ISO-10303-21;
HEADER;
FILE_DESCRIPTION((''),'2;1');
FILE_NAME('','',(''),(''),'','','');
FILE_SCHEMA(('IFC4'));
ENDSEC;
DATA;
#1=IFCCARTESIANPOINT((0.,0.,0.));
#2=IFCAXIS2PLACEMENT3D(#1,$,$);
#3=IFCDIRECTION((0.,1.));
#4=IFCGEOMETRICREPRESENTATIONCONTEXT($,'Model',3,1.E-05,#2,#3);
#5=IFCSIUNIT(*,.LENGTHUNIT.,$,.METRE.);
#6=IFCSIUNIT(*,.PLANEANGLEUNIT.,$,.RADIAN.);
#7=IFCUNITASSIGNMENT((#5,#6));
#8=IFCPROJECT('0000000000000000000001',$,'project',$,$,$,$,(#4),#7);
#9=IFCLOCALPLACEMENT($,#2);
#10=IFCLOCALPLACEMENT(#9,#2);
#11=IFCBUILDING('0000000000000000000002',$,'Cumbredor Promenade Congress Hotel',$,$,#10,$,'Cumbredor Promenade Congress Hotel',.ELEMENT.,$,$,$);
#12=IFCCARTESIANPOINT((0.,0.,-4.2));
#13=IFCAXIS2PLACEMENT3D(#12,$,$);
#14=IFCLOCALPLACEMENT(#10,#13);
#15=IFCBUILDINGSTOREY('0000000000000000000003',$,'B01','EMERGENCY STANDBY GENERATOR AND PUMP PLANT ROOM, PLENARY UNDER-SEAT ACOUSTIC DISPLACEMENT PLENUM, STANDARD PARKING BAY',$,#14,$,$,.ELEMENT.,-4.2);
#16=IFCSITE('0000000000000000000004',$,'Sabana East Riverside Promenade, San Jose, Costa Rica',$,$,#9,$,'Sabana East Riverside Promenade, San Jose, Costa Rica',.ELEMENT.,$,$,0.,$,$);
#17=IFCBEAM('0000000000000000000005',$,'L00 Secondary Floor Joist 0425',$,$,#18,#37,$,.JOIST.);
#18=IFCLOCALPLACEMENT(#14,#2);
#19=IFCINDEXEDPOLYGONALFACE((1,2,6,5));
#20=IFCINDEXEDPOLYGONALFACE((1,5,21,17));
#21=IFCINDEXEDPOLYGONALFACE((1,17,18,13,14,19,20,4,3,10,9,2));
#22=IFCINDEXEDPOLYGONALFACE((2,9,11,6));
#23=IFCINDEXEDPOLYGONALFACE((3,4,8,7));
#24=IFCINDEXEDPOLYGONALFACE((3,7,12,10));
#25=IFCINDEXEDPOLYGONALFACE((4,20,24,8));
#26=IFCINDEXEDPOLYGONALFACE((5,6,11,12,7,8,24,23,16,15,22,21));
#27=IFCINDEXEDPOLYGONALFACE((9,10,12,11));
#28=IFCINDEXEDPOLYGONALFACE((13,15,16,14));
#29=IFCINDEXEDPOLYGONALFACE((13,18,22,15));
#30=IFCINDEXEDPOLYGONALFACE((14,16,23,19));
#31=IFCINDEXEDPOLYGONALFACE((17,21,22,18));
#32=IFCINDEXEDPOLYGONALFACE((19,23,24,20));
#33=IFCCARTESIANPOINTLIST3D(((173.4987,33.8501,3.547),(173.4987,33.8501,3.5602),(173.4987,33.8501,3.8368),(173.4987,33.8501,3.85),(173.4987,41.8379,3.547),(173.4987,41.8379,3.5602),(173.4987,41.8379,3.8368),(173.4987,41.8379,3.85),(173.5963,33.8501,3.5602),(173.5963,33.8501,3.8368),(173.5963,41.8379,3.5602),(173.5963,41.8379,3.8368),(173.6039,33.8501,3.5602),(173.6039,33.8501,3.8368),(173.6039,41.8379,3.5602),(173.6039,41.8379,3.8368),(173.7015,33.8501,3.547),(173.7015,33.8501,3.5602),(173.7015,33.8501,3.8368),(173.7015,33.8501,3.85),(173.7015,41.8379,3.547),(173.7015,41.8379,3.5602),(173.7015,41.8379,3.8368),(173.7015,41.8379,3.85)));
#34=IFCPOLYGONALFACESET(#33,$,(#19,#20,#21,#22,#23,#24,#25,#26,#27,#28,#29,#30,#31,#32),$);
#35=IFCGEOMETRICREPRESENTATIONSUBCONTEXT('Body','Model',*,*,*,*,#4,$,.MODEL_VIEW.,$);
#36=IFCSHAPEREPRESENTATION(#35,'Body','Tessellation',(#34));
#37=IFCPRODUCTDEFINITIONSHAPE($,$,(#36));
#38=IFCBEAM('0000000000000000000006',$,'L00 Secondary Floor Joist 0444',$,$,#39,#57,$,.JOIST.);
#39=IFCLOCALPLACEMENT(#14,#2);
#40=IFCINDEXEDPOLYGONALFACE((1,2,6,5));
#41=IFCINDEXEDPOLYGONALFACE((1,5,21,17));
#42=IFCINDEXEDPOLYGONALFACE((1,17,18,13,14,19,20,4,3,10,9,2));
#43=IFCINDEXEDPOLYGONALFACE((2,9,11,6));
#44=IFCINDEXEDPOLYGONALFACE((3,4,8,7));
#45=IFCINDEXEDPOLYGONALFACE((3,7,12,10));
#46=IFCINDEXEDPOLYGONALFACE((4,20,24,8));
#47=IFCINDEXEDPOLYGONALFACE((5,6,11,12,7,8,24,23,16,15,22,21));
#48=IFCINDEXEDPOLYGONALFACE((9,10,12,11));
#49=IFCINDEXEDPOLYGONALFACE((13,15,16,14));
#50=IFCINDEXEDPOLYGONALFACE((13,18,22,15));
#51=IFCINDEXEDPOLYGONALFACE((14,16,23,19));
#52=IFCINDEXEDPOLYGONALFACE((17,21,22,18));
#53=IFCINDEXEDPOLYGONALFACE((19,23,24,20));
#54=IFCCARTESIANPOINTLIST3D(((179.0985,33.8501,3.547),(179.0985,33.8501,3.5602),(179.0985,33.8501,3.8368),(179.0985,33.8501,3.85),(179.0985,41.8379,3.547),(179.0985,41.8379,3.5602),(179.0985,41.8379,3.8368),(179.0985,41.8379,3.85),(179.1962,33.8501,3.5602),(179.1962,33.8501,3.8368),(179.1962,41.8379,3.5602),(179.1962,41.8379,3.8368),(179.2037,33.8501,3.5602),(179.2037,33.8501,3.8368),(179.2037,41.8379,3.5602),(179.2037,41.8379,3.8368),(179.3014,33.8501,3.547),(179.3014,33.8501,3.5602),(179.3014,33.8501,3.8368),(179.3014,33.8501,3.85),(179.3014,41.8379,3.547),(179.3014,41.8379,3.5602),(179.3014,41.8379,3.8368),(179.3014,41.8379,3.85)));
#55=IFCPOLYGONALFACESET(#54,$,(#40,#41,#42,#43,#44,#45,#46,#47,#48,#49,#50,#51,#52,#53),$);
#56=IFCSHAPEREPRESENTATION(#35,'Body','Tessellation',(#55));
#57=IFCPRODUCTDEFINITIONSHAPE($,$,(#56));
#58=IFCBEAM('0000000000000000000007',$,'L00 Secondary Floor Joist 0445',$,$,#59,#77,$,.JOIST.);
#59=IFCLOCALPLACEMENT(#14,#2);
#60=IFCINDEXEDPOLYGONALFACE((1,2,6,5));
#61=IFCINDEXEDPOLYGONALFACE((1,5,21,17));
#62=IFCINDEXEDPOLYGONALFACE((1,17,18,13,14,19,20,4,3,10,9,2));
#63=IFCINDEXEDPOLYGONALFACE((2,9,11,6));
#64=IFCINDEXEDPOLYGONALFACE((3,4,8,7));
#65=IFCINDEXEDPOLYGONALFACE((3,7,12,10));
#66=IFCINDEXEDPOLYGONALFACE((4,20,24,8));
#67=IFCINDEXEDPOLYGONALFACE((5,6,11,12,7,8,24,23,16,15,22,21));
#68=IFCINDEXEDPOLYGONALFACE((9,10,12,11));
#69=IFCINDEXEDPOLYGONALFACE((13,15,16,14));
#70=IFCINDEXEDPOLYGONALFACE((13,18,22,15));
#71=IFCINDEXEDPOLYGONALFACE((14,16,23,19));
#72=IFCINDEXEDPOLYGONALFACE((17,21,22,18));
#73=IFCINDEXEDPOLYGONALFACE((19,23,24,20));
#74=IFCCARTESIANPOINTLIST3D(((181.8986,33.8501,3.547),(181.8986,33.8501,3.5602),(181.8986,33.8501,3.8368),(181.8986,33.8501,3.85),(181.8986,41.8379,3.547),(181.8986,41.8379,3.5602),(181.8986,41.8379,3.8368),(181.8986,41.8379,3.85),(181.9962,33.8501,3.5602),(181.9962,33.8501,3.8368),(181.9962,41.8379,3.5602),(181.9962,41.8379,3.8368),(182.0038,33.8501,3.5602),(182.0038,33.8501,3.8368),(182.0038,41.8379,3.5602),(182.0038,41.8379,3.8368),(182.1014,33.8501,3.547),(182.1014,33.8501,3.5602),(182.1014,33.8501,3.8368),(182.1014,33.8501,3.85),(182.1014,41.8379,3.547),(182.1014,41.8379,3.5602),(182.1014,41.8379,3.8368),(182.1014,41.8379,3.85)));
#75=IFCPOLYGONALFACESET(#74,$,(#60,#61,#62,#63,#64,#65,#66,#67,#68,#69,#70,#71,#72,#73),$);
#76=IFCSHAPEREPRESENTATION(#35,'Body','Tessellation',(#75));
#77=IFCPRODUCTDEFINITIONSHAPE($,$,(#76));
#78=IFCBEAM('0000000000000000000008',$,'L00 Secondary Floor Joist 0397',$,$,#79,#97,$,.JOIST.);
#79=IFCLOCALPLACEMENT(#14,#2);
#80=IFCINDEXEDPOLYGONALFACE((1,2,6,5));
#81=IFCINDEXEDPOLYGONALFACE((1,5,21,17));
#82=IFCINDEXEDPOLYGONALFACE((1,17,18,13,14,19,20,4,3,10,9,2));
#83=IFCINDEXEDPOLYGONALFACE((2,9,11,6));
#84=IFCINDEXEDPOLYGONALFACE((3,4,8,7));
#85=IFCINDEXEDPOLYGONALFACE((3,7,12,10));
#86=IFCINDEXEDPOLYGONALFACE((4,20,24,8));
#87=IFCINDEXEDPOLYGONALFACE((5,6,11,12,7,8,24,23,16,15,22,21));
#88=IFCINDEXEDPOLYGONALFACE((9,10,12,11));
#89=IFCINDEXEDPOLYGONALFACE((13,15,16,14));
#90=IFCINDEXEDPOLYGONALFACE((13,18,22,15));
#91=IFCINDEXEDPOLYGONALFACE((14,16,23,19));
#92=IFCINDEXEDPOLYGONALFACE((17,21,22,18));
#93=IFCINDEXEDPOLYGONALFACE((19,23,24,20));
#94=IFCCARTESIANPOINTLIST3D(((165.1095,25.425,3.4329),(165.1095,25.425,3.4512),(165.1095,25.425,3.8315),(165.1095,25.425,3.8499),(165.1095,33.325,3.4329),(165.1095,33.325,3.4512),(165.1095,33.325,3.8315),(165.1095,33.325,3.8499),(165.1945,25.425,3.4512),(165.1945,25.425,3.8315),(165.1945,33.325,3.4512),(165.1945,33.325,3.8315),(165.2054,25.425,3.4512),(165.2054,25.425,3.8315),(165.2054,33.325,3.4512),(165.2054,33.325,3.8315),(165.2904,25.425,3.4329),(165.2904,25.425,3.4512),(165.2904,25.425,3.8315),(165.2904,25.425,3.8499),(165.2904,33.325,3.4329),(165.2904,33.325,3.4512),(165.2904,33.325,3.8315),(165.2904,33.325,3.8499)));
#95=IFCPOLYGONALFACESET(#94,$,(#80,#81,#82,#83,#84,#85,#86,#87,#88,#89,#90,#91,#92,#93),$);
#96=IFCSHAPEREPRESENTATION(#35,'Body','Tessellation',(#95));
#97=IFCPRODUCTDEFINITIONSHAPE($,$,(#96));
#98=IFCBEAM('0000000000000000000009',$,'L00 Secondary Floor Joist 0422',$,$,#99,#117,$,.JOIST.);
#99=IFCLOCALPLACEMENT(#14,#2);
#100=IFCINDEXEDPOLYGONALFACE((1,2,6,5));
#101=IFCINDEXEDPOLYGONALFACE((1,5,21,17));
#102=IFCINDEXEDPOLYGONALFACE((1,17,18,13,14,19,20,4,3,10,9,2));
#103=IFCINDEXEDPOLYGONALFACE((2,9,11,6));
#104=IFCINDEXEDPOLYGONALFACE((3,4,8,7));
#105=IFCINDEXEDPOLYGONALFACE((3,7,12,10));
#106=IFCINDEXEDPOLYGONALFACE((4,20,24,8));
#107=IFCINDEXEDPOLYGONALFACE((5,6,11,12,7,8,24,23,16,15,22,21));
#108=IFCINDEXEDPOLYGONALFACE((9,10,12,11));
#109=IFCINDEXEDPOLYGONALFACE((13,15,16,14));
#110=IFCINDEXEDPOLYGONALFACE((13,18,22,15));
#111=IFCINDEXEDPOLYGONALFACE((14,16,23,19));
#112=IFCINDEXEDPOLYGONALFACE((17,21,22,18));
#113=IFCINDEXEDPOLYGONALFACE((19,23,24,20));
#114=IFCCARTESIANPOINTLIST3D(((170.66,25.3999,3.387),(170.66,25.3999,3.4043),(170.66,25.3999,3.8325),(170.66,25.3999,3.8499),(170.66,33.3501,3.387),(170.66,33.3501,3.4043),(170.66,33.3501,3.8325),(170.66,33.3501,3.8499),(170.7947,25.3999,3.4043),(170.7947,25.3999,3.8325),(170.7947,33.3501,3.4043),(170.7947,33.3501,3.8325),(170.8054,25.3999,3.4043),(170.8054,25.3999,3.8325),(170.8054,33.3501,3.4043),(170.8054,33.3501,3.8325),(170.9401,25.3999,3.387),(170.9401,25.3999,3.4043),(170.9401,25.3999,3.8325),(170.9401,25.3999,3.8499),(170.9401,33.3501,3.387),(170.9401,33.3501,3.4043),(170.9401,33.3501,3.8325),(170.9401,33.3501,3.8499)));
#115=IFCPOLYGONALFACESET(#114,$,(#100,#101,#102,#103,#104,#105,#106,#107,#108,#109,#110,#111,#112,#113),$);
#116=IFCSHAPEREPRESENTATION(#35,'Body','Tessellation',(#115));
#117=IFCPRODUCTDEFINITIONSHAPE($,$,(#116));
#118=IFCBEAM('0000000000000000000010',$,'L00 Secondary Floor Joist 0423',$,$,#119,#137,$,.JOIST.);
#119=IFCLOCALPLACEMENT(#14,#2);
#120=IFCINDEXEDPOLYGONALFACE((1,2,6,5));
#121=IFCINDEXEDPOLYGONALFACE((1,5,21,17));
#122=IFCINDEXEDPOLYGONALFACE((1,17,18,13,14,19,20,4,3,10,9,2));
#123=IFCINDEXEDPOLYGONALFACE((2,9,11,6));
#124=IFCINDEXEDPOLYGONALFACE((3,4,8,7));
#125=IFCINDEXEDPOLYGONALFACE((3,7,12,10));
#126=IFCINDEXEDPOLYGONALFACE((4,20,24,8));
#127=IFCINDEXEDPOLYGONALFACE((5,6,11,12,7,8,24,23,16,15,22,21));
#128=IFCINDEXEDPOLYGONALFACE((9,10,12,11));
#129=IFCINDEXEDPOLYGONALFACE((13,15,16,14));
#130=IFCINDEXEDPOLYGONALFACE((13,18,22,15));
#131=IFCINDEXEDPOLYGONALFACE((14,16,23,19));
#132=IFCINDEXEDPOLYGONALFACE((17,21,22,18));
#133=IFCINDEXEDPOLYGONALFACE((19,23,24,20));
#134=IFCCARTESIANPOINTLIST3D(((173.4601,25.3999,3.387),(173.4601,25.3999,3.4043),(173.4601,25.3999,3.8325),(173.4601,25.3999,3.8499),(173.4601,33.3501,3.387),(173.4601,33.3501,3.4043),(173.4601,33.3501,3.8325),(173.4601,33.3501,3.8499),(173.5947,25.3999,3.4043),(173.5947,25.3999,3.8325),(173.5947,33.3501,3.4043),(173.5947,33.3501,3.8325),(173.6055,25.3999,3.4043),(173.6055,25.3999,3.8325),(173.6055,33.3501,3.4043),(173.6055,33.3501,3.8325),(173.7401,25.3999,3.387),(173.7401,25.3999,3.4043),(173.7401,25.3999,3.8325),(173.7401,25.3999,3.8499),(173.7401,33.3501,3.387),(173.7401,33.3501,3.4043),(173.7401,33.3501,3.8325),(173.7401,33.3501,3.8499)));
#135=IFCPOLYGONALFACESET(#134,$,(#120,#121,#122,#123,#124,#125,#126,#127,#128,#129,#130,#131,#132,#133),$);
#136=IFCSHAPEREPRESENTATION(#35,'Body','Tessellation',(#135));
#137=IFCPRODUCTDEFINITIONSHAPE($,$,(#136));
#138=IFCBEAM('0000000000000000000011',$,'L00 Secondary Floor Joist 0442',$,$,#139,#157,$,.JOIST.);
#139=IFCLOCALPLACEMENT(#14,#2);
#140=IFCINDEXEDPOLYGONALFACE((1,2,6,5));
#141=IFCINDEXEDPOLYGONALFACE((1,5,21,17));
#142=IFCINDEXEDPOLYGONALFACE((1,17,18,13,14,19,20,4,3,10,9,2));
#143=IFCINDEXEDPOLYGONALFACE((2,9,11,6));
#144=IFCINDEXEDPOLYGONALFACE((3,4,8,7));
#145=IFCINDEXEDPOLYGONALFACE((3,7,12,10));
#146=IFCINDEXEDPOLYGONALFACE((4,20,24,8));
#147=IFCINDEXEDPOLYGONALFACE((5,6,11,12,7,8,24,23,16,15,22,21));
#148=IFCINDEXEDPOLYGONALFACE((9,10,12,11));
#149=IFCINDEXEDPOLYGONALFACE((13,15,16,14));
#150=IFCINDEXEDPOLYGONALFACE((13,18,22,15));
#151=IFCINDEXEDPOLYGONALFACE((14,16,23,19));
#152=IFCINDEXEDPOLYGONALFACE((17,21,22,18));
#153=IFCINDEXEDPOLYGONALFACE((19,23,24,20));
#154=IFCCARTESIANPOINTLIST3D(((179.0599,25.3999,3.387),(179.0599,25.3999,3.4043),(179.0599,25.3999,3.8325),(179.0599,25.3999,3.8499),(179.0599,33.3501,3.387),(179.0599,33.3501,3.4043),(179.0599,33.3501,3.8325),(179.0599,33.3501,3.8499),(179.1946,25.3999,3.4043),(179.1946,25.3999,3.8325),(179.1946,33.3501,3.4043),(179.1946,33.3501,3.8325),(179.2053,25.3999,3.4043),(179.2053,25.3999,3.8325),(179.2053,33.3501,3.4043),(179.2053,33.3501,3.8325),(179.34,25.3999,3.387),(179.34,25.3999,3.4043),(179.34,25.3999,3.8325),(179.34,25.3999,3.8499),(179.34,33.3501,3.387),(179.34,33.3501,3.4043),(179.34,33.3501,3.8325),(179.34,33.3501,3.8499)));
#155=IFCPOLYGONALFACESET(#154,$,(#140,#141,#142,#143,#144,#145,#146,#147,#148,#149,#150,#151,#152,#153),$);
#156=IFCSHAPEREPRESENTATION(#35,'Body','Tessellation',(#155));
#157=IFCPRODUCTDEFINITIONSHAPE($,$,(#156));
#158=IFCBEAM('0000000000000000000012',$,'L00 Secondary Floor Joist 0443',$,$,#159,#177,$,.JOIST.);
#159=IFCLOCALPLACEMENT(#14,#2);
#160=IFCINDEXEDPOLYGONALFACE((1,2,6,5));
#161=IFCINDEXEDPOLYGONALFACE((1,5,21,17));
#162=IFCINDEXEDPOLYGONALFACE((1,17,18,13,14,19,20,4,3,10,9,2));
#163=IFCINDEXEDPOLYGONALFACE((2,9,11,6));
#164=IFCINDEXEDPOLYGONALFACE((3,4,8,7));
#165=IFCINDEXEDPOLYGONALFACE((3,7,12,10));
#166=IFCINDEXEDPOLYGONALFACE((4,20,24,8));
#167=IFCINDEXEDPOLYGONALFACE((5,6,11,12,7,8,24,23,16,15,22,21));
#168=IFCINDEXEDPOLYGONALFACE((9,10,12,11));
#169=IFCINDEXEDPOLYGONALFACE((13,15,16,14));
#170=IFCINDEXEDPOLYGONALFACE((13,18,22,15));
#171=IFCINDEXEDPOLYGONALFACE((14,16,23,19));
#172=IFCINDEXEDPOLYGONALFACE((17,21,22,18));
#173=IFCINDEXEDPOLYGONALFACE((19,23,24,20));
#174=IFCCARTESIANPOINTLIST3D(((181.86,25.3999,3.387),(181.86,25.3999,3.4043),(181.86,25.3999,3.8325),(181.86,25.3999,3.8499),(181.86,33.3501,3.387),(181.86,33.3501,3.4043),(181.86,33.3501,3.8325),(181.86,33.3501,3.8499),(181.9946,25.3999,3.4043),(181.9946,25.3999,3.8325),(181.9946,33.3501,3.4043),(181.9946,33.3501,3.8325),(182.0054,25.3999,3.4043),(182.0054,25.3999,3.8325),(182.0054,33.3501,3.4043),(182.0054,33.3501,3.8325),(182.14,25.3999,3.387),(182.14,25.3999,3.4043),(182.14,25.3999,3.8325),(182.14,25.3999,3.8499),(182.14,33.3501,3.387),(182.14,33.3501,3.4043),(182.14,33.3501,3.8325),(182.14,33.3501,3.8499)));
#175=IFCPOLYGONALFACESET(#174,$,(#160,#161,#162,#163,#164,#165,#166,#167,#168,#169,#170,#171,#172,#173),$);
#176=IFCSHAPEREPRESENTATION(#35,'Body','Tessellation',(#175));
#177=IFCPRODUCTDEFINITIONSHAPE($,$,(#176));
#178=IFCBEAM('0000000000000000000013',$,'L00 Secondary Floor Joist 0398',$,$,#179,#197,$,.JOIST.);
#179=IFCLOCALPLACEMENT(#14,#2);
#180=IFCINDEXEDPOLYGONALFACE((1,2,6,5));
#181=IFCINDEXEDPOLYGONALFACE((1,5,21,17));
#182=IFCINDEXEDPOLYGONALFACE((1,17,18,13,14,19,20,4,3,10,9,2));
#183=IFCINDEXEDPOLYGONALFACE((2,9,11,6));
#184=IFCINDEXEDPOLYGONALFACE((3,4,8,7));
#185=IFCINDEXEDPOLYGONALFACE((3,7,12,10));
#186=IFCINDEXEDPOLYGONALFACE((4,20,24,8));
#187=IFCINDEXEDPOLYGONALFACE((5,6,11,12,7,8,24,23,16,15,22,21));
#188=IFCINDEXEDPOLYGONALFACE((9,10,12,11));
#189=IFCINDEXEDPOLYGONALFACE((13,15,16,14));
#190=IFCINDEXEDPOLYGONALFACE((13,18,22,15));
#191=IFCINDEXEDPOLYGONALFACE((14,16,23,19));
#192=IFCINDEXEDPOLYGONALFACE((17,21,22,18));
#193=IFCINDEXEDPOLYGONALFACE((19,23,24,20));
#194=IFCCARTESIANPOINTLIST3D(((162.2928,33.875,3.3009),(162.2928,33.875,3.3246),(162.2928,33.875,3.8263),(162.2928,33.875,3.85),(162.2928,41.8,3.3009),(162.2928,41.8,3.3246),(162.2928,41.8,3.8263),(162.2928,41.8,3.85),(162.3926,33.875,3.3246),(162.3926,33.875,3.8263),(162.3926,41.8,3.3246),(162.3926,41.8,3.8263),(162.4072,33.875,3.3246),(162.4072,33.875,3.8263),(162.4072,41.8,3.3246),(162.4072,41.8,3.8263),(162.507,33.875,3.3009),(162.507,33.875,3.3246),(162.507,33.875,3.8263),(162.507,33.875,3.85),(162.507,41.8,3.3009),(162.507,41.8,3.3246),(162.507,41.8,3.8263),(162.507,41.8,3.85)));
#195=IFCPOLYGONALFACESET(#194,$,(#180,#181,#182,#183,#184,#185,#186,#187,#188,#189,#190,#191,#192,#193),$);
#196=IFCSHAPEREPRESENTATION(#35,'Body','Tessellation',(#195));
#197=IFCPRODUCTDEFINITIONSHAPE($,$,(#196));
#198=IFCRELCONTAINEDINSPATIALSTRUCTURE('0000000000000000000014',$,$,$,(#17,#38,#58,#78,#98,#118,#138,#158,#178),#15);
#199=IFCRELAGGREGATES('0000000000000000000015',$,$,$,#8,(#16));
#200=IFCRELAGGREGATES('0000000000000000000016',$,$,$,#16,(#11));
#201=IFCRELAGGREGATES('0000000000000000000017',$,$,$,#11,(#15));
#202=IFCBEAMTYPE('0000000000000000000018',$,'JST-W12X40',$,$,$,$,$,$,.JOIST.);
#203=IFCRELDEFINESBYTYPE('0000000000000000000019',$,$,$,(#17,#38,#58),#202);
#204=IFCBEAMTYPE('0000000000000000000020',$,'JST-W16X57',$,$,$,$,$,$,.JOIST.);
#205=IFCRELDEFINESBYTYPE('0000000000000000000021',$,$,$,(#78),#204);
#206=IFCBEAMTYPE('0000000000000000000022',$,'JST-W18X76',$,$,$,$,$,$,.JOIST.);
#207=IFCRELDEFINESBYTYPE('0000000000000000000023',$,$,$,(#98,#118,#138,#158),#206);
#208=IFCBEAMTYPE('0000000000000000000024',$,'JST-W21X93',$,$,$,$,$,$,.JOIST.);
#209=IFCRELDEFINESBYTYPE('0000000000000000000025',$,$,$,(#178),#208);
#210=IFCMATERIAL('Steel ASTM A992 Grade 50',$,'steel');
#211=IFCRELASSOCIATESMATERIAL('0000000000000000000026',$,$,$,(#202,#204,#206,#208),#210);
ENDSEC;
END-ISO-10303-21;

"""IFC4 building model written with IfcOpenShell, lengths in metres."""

from ifc_helpers import new_model, si_unit, direction, frame, origin, origin_2d, place, context, subcontext, project, spatial, i_section, extrude, material, material_profile, profile_set, type_object, element, save


model = new_model("IFC4")

# Units and contexts
model_context = context("Model", 3, precision=1e-05, world=origin(), true_north=direction((0.0, 1.0)))
body_context = subcontext(model_context, "Body", "Model", "MODEL_VIEW")
ifc_project = project(units=[si_unit("LENGTHUNIT", "METRE"), si_unit("PLANEANGLEUNIT", "RADIAN")], contexts=[model_context])

# Site, building, storey
site_placement = place(None, origin())
site = spatial("IfcSite", under=ifc_project, at=site_placement, Name="Sabana East Riverside Promenade, San Jose, Costa Rica", LongName="Sabana East Riverside Promenade, San Jose, Costa Rica", CompositionType="ELEMENT", RefElevation=0.0)
building_placement = place(site_placement, origin())
building = spatial("IfcBuilding", under=site, at=building_placement, Name="Cumbredor Promenade Congress Hotel", LongName="Cumbredor Promenade Congress Hotel", CompositionType="ELEMENT")
storey_placement = place(building_placement, frame((0.0, 0.0, -4.2)))
storey = spatial("IfcBuildingStorey", under=building, at=storey_placement, Name="B01", Description="EMERGENCY STANDBY GENERATOR AND PUMP PLANT ROOM, PLENARY UNDER-SEAT ACOUSTIC DISPLACEMENT PLENUM, STANDARD PARKING BAY", CompositionType="ELEMENT", Elevation=-4.2)

# Beams
ifc_material_1 = material(Name="Steel ASTM A992 Grade 50", Category="steel")
ifc_material_profile_1 = material_profile(ifc_material_1, i_section(OverallWidth=0.2029, OverallDepth=0.303, WebThickness=0.0076, FlangeThickness=0.0132, at=origin_2d()), Name="W12X40")
ifc_profile_set_1 = profile_set([ifc_material_profile_1], Name="Steel ASTM A992 Grade 50")
beam_type_1 = type_object("IfcBeamType", Name="JST-W12X40", PredefinedType="JOIST", material=ifc_profile_set_1)
for number, where, z_axis, x_axis, name in (
    (1, (173.6001, 33.8501, 3.6985), (0.0, 1.0, 0.0), (-1.0, 0.0, 0.0), "L00 Secondary Floor Joist 0425"),
    (2, (179.2, 33.8501, 3.6985), (0.0, 1.0, 0.0), (-1.0, 0.0, 0.0), "L00 Secondary Floor Joist 0444"),
    (3, (182.0, 33.8501, 3.6985), (0.0, 1.0, 0.0), (-1.0, 0.0, 0.0), "L00 Secondary Floor Joist 0445"),
):
    element("IfcBeam", number, at=place(storey_placement, frame(where, z_axis=z_axis, x_axis=x_axis)), inside=storey, type_object=beam_type_1, Name=name, PredefinedType="JOIST", context=body_context, shape_type="SweptSolid", body=[
        extrude(i_section(OverallWidth=0.2029, OverallDepth=0.303, WebThickness=0.0076, FlangeThickness=0.0132, at=origin_2d()), origin(), (0.0, 0.0, 1.0), 7.9878),
    ])
ifc_material_profile_2 = material_profile(ifc_material_1, i_section(OverallWidth=0.1809, OverallDepth=0.417, WebThickness=0.011, FlangeThickness=0.0183, at=origin_2d()), Name="W16X57")
ifc_profile_set_2 = profile_set([ifc_material_profile_2], Name="Steel ASTM A992 Grade 50")
beam_type_2 = type_object("IfcBeamType", Name="JST-W16X57", PredefinedType="JOIST", material=ifc_profile_set_2)
beam_1_placement = place(storey_placement, frame((165.2, 25.425, 3.6414), z_axis=(0.0, 1.0, 0.0), x_axis=(-1.0, 0.0, 0.0)))
element("IfcBeam", 4, at=beam_1_placement, inside=storey, type_object=beam_type_2, Name="L00 Secondary Floor Joist 0397", PredefinedType="JOIST", context=body_context, shape_type="SweptSolid", body=[
    extrude(i_section(OverallWidth=0.1809, OverallDepth=0.417, WebThickness=0.011, FlangeThickness=0.0183, at=origin_2d()), origin(), (0.0, 0.0, 1.0), 7.8999),
])
ifc_material_profile_3 = material_profile(ifc_material_1, i_section(OverallWidth=0.28, OverallDepth=0.4629, WebThickness=0.0107, FlangeThickness=0.0173, at=origin_2d()), Name="W18X76")
ifc_profile_set_3 = profile_set([ifc_material_profile_3], Name="Steel ASTM A992 Grade 50")
beam_type_3 = type_object("IfcBeamType", Name="JST-W18X76", PredefinedType="JOIST", material=ifc_profile_set_3)
for number, where, z_axis, x_axis, name in (
    (5, (170.8, 25.3999, 3.6184), (0.0, 1.0, 0.0), (-1.0, 0.0, 0.0), "L00 Secondary Floor Joist 0422"),
    (6, (173.6001, 25.3999, 3.6184), (0.0, 1.0, 0.0), (-1.0, 0.0, 0.0), "L00 Secondary Floor Joist 0423"),
    (7, (179.2, 25.3999, 3.6184), (0.0, 1.0, 0.0), (-1.0, 0.0, 0.0), "L00 Secondary Floor Joist 0442"),
    (8, (182.0, 25.3999, 3.6184), (0.0, 1.0, 0.0), (-1.0, 0.0, 0.0), "L00 Secondary Floor Joist 0443"),
):
    element("IfcBeam", number, at=place(storey_placement, frame(where, z_axis=z_axis, x_axis=x_axis)), inside=storey, type_object=beam_type_3, Name=name, PredefinedType="JOIST", context=body_context, shape_type="SweptSolid", body=[
        extrude(i_section(OverallWidth=0.28, OverallDepth=0.4629, WebThickness=0.0107, FlangeThickness=0.0173, at=origin_2d()), origin(), (0.0, 0.0, 1.0), 7.9502),
    ])
ifc_material_profile_4 = material_profile(ifc_material_1, i_section(OverallWidth=0.2141, OverallDepth=0.5491, WebThickness=0.0146, FlangeThickness=0.0237, at=origin_2d()), Name="W21X93")
ifc_profile_set_4 = profile_set([ifc_material_profile_4], Name="Steel ASTM A992 Grade 50")
beam_type_4 = type_object("IfcBeamType", Name="JST-W21X93", PredefinedType="JOIST", material=ifc_profile_set_4)
for number, where, z_axis, x_axis, name in (
    (9, (162.3999, 33.875, 3.5754), (0.0, 1.0, 0.0), (-1.0, 0.0, 0.0), "L00 Secondary Floor Joist 0398"),
):
    element("IfcBeam", number, at=place(storey_placement, frame(where, z_axis=z_axis, x_axis=x_axis)), inside=storey, type_object=beam_type_4, Name=name, PredefinedType="JOIST", context=body_context, shape_type="SweptSolid", body=[
        extrude(i_section(OverallWidth=0.2141, OverallDepth=0.5491, WebThickness=0.0146, FlangeThickness=0.0237, at=origin_2d()), origin(), (0.0, 0.0, 1.0), 7.925),
    ])

save(model, "model.ifc")
